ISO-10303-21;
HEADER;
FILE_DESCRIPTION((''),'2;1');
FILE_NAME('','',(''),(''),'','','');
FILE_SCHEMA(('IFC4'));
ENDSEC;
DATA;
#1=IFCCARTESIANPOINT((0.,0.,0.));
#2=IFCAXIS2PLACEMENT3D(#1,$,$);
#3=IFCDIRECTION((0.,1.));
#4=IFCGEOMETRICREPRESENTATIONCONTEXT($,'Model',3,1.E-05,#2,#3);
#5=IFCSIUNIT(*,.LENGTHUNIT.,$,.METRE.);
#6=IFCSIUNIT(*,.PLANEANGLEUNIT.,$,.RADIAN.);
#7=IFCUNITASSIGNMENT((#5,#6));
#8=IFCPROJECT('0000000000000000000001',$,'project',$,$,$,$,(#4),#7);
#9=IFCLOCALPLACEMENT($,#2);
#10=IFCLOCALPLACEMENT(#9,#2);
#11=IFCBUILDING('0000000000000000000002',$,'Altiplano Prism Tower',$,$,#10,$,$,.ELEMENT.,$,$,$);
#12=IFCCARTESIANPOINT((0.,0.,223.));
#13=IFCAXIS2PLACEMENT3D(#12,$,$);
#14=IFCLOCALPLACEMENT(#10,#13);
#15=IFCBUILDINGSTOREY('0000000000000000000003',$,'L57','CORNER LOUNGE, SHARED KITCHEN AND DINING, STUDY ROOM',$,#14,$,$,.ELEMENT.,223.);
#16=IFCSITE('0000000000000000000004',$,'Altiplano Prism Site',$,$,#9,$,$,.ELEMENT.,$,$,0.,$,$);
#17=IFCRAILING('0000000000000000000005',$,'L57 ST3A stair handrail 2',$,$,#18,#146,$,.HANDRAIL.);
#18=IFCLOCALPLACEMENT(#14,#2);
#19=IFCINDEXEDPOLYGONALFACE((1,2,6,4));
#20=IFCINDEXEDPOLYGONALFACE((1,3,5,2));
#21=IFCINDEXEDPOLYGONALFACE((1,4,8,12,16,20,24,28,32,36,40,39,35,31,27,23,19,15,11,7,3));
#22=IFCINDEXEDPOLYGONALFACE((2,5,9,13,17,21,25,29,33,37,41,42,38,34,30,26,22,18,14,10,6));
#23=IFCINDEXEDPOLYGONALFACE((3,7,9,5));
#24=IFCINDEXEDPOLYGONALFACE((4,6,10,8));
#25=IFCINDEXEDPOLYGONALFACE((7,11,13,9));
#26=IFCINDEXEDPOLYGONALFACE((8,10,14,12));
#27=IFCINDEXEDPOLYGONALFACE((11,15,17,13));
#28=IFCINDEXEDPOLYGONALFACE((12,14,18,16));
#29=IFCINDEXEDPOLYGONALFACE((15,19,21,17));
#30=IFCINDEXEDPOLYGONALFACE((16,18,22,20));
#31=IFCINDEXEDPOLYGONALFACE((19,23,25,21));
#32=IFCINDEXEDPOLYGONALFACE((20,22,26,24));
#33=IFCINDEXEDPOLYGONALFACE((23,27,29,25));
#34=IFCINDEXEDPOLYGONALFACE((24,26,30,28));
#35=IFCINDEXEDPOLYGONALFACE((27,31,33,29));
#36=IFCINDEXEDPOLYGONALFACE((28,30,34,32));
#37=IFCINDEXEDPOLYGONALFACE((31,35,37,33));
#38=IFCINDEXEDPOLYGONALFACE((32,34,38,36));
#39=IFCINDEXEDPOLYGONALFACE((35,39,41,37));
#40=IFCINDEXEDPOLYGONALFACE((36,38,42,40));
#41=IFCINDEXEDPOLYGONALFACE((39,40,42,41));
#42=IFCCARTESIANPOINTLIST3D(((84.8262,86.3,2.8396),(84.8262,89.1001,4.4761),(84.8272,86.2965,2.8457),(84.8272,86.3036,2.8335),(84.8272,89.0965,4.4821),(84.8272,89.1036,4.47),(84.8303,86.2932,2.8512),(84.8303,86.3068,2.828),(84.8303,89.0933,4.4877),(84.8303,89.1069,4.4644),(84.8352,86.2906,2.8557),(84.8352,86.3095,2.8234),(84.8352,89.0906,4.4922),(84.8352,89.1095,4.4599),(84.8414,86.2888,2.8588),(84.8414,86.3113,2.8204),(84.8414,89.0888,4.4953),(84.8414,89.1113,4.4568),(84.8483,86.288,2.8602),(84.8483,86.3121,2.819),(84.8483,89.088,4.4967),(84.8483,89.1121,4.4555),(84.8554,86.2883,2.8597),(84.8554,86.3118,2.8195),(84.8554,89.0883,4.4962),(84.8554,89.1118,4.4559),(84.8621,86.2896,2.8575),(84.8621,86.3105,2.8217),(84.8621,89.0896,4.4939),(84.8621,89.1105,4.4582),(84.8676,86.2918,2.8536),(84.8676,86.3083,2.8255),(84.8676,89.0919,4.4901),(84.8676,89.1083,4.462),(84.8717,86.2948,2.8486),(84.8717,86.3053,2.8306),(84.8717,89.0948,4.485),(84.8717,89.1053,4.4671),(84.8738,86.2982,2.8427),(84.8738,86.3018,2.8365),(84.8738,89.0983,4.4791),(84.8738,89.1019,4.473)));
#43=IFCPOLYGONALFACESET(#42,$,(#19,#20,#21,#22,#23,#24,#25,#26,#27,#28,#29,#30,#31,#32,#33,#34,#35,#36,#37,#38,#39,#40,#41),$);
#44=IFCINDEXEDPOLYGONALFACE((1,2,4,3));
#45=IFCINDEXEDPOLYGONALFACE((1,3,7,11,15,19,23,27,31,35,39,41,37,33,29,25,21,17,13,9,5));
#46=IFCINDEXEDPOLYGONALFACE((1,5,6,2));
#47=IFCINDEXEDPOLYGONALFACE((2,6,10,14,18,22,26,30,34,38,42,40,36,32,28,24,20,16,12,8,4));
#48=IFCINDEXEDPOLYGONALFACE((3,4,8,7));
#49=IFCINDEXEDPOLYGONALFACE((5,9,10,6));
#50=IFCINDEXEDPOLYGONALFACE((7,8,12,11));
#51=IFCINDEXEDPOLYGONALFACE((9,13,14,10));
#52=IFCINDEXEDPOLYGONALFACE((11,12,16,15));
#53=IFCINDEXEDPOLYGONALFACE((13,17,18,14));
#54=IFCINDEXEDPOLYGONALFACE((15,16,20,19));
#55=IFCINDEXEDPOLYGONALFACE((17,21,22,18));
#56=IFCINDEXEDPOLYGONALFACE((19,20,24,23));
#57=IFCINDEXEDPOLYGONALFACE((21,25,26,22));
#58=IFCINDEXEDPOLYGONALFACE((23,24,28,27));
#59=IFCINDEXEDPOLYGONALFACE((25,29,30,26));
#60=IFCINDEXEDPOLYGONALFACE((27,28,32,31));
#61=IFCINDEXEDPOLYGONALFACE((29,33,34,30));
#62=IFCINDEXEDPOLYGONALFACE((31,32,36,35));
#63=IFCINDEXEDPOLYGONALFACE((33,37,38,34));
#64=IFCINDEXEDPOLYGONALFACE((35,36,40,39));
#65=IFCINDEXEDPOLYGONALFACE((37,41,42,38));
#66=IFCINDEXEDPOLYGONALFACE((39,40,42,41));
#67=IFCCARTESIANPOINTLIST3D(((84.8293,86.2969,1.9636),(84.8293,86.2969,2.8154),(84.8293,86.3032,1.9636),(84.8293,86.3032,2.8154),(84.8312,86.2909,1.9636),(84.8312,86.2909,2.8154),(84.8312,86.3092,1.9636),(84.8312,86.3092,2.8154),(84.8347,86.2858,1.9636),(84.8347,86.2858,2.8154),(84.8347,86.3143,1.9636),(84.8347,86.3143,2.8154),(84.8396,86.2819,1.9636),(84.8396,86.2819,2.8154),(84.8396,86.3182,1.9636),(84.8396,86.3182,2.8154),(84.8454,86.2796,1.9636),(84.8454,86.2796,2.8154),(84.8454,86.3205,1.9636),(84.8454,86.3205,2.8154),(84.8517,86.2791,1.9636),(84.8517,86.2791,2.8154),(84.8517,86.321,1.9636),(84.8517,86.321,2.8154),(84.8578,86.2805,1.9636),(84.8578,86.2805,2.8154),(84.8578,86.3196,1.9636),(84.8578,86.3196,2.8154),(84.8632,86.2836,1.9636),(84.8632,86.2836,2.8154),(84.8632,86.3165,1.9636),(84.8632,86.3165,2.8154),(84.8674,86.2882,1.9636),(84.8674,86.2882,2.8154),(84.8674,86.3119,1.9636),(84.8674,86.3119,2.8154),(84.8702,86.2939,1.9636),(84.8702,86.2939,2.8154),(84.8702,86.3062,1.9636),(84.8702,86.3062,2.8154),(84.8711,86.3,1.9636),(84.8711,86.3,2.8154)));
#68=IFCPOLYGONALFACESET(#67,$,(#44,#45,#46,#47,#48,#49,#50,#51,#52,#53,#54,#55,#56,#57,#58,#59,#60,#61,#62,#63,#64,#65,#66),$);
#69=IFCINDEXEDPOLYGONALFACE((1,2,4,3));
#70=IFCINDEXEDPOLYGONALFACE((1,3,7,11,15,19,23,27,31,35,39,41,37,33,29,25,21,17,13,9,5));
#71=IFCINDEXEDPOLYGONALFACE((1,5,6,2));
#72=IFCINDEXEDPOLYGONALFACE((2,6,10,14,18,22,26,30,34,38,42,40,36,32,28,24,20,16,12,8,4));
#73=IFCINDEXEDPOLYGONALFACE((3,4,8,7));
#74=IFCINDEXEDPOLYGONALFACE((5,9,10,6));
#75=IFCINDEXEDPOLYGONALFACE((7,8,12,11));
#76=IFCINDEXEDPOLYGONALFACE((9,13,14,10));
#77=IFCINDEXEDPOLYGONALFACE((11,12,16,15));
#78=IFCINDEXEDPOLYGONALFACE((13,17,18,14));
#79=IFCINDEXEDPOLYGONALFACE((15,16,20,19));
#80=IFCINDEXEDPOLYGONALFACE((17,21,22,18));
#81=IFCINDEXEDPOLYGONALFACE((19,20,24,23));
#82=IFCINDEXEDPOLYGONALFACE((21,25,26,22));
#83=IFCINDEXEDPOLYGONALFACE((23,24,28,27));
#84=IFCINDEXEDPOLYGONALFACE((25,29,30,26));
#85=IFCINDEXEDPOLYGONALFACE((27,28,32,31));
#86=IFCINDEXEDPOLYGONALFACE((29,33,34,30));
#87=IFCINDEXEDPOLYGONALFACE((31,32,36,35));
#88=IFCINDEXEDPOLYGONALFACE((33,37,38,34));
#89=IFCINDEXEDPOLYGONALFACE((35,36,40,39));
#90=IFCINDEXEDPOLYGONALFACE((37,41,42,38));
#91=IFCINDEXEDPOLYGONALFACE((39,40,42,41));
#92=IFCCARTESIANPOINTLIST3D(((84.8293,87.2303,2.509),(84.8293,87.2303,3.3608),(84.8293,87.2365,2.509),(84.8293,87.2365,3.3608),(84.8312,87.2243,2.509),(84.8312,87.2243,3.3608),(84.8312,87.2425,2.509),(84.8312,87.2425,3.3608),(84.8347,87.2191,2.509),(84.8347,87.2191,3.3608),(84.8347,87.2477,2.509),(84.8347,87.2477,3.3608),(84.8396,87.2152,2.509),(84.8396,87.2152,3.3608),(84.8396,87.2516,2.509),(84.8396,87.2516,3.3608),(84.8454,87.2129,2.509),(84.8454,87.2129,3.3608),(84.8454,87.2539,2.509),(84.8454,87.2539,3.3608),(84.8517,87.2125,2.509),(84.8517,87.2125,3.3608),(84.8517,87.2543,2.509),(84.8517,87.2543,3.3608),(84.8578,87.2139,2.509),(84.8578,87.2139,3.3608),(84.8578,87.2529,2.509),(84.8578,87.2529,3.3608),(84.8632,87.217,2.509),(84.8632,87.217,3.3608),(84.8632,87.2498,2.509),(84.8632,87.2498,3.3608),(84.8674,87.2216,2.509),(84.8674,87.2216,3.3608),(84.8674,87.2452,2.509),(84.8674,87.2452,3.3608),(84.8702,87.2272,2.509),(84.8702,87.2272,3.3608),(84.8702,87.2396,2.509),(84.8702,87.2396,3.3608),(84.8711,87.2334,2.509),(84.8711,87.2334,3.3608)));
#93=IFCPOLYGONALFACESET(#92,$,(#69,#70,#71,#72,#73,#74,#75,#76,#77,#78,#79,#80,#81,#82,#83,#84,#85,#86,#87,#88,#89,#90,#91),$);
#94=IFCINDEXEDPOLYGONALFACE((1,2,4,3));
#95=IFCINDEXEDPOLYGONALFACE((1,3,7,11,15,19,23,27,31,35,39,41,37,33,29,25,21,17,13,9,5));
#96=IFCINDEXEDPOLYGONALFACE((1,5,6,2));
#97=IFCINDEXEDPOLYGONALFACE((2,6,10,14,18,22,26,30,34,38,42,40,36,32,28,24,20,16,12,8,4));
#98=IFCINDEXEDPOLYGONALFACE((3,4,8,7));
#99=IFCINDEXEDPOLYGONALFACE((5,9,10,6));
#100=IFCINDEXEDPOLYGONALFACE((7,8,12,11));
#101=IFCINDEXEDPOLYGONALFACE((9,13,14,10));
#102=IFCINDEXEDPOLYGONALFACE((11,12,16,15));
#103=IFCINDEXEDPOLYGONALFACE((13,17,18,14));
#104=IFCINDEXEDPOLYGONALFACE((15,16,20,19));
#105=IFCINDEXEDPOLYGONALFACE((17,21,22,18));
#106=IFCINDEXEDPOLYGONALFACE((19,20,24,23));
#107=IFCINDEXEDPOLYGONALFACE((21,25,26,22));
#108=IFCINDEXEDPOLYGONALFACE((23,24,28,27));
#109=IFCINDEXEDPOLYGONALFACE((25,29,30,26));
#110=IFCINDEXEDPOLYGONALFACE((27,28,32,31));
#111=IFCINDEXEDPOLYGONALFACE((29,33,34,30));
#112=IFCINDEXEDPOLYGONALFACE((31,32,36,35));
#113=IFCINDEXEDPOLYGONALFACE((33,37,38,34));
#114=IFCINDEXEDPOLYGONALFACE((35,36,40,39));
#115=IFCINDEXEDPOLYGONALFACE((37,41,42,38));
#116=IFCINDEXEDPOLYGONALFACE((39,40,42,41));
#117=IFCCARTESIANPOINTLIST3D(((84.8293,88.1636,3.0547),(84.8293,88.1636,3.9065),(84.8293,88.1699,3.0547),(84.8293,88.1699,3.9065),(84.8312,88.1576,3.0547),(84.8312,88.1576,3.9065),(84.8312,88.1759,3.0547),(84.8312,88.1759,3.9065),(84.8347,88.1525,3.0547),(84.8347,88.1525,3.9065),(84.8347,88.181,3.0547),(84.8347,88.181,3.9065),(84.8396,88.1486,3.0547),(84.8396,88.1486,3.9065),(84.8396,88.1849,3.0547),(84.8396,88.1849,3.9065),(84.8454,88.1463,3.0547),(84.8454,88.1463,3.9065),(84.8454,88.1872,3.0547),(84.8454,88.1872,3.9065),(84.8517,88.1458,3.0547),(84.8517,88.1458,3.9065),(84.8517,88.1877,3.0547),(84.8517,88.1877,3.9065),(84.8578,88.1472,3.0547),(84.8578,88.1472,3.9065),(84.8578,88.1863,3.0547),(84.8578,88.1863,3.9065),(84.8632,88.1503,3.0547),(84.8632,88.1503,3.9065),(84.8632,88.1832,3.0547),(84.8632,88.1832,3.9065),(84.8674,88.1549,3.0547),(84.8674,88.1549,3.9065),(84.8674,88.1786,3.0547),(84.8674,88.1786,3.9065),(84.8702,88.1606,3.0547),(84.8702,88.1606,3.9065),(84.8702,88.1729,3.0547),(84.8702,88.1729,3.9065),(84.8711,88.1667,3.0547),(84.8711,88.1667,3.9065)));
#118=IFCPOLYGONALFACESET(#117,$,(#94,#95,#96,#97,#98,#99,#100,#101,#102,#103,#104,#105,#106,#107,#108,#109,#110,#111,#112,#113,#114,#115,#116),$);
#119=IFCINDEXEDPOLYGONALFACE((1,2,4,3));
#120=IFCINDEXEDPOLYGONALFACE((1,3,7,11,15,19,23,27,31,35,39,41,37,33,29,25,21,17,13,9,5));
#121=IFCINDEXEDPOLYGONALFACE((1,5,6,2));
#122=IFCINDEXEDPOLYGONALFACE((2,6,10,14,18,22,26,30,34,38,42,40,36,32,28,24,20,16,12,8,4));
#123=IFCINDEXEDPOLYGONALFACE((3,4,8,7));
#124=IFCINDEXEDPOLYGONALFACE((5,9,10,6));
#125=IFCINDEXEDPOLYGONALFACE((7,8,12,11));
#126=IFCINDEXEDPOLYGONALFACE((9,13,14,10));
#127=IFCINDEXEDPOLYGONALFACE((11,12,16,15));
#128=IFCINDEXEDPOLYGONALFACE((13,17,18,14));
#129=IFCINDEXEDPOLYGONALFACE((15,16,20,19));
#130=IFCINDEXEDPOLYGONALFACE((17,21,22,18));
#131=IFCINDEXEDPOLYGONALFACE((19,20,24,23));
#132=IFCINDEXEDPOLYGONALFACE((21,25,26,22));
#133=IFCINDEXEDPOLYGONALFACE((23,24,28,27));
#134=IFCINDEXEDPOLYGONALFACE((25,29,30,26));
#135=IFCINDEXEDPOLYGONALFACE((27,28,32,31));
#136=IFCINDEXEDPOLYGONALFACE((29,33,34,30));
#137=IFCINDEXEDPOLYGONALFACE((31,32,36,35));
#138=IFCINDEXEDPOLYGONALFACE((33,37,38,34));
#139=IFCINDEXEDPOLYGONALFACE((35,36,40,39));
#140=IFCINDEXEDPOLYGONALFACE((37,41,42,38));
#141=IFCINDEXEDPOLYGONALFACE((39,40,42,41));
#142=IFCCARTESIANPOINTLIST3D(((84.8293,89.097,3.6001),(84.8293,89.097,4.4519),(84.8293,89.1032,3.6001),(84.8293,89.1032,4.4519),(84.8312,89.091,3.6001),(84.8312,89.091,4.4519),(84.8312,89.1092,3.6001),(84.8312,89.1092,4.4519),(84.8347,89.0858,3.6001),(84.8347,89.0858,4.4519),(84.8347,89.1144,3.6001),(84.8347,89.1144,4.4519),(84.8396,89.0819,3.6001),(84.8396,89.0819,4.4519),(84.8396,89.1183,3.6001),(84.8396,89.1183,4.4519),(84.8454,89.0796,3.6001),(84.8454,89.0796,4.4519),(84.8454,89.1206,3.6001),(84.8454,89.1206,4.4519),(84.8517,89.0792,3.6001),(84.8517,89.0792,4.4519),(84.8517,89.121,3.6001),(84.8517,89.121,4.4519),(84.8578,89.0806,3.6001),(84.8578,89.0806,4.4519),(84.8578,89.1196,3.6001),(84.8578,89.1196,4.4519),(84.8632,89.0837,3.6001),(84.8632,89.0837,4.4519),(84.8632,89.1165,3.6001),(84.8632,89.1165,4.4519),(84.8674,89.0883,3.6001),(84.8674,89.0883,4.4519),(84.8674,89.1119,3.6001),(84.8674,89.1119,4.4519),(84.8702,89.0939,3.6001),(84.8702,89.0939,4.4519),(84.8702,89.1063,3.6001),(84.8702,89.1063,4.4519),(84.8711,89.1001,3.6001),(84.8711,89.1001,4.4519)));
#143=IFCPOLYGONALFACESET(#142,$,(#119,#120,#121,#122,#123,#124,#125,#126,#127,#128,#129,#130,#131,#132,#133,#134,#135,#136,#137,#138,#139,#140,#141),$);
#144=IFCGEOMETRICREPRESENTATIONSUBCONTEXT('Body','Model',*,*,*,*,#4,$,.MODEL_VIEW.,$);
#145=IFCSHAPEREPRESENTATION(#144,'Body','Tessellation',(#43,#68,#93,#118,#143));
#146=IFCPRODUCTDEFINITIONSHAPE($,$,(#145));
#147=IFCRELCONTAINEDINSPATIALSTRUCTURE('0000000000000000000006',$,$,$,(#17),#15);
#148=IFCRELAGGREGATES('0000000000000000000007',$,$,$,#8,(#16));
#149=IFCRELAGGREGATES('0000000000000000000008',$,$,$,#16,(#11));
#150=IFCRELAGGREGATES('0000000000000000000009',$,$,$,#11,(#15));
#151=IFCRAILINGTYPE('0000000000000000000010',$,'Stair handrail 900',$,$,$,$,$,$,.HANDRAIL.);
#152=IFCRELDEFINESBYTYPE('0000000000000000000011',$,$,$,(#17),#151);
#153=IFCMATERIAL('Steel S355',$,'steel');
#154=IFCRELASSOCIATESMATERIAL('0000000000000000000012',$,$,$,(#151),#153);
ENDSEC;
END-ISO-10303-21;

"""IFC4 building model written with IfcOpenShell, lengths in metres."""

from ifc_helpers import new_model, si_unit, direction, frame, origin, origin_2d, place, context, subcontext, project, spatial, circle, extrude, material, type_object, element, save


model = new_model("IFC4")

# Units and contexts
model_context = context("Model", 3, precision=1e-05, world=origin(), true_north=direction((0.0, 1.0)))
body_context = subcontext(model_context, "Body", "Model", "MODEL_VIEW")
ifc_project = project(units=[si_unit("LENGTHUNIT", "METRE"), si_unit("PLANEANGLEUNIT", "RADIAN")], contexts=[model_context])

# Site, building, storey
site_placement = place(None, origin())
site = spatial("IfcSite", under=ifc_project, at=site_placement, Name="Altiplano Prism Site", CompositionType="ELEMENT", RefElevation=0.0)
building_placement = place(site_placement, origin())
building = spatial("IfcBuilding", under=site, at=building_placement, Name="Altiplano Prism Tower", CompositionType="ELEMENT")
storey_placement = place(building_placement, frame((0.0, 0.0, 223.0)))
storey = spatial("IfcBuildingStorey", under=building, at=storey_placement, Name="L57", Description="CORNER LOUNGE, SHARED KITCHEN AND DINING, STUDY ROOM", CompositionType="ELEMENT", Elevation=223.0)

# Railing
ifc_material_1 = material(Name="Steel S355", Category="steel")
railing_type = type_object("IfcRailingType", Name="Stair handrail 900", PredefinedType="HANDRAIL", material=ifc_material_1)
for number, where, name in (
    (1, (84.8501, 86.3, 1.9636), "L57 ST3A stair handrail 2"),
):
    element("IfcRailing", number, at=place(storey_placement, frame(where)), inside=storey, type_object=railing_type, Name=name, PredefinedType="HANDRAIL", context=body_context, shape_type="SweptSolid", body=[
        extrude(circle(Radius=0.0239, at=origin_2d()), frame((0.0, 0.0, 0.876), z_axis=(0.0, 0.863361, 0.504587), x_axis=(-1.0, 0.0, 0.0)), (0.0, 0.0, 1.0), 3.2432),
        extrude(circle(Radius=0.021, at=origin_2d()), origin(), (0.0, 0.0, 1.0), 0.8518),
        extrude(circle(Radius=0.021, at=origin_2d()), frame((0.0, 0.9333, 0.5454)), (0.0, 0.0, 1.0), 0.8518),
        extrude(circle(Radius=0.021, at=origin_2d()), frame((0.0, 1.8667, 1.0911)), (0.0, 0.0, 1.0), 0.8518),
        extrude(circle(Radius=0.021, at=origin_2d()), frame((0.0, 2.8, 1.6365)), (0.0, 0.0, 1.0), 0.8518),
    ])

save(model, "model.ifc")
